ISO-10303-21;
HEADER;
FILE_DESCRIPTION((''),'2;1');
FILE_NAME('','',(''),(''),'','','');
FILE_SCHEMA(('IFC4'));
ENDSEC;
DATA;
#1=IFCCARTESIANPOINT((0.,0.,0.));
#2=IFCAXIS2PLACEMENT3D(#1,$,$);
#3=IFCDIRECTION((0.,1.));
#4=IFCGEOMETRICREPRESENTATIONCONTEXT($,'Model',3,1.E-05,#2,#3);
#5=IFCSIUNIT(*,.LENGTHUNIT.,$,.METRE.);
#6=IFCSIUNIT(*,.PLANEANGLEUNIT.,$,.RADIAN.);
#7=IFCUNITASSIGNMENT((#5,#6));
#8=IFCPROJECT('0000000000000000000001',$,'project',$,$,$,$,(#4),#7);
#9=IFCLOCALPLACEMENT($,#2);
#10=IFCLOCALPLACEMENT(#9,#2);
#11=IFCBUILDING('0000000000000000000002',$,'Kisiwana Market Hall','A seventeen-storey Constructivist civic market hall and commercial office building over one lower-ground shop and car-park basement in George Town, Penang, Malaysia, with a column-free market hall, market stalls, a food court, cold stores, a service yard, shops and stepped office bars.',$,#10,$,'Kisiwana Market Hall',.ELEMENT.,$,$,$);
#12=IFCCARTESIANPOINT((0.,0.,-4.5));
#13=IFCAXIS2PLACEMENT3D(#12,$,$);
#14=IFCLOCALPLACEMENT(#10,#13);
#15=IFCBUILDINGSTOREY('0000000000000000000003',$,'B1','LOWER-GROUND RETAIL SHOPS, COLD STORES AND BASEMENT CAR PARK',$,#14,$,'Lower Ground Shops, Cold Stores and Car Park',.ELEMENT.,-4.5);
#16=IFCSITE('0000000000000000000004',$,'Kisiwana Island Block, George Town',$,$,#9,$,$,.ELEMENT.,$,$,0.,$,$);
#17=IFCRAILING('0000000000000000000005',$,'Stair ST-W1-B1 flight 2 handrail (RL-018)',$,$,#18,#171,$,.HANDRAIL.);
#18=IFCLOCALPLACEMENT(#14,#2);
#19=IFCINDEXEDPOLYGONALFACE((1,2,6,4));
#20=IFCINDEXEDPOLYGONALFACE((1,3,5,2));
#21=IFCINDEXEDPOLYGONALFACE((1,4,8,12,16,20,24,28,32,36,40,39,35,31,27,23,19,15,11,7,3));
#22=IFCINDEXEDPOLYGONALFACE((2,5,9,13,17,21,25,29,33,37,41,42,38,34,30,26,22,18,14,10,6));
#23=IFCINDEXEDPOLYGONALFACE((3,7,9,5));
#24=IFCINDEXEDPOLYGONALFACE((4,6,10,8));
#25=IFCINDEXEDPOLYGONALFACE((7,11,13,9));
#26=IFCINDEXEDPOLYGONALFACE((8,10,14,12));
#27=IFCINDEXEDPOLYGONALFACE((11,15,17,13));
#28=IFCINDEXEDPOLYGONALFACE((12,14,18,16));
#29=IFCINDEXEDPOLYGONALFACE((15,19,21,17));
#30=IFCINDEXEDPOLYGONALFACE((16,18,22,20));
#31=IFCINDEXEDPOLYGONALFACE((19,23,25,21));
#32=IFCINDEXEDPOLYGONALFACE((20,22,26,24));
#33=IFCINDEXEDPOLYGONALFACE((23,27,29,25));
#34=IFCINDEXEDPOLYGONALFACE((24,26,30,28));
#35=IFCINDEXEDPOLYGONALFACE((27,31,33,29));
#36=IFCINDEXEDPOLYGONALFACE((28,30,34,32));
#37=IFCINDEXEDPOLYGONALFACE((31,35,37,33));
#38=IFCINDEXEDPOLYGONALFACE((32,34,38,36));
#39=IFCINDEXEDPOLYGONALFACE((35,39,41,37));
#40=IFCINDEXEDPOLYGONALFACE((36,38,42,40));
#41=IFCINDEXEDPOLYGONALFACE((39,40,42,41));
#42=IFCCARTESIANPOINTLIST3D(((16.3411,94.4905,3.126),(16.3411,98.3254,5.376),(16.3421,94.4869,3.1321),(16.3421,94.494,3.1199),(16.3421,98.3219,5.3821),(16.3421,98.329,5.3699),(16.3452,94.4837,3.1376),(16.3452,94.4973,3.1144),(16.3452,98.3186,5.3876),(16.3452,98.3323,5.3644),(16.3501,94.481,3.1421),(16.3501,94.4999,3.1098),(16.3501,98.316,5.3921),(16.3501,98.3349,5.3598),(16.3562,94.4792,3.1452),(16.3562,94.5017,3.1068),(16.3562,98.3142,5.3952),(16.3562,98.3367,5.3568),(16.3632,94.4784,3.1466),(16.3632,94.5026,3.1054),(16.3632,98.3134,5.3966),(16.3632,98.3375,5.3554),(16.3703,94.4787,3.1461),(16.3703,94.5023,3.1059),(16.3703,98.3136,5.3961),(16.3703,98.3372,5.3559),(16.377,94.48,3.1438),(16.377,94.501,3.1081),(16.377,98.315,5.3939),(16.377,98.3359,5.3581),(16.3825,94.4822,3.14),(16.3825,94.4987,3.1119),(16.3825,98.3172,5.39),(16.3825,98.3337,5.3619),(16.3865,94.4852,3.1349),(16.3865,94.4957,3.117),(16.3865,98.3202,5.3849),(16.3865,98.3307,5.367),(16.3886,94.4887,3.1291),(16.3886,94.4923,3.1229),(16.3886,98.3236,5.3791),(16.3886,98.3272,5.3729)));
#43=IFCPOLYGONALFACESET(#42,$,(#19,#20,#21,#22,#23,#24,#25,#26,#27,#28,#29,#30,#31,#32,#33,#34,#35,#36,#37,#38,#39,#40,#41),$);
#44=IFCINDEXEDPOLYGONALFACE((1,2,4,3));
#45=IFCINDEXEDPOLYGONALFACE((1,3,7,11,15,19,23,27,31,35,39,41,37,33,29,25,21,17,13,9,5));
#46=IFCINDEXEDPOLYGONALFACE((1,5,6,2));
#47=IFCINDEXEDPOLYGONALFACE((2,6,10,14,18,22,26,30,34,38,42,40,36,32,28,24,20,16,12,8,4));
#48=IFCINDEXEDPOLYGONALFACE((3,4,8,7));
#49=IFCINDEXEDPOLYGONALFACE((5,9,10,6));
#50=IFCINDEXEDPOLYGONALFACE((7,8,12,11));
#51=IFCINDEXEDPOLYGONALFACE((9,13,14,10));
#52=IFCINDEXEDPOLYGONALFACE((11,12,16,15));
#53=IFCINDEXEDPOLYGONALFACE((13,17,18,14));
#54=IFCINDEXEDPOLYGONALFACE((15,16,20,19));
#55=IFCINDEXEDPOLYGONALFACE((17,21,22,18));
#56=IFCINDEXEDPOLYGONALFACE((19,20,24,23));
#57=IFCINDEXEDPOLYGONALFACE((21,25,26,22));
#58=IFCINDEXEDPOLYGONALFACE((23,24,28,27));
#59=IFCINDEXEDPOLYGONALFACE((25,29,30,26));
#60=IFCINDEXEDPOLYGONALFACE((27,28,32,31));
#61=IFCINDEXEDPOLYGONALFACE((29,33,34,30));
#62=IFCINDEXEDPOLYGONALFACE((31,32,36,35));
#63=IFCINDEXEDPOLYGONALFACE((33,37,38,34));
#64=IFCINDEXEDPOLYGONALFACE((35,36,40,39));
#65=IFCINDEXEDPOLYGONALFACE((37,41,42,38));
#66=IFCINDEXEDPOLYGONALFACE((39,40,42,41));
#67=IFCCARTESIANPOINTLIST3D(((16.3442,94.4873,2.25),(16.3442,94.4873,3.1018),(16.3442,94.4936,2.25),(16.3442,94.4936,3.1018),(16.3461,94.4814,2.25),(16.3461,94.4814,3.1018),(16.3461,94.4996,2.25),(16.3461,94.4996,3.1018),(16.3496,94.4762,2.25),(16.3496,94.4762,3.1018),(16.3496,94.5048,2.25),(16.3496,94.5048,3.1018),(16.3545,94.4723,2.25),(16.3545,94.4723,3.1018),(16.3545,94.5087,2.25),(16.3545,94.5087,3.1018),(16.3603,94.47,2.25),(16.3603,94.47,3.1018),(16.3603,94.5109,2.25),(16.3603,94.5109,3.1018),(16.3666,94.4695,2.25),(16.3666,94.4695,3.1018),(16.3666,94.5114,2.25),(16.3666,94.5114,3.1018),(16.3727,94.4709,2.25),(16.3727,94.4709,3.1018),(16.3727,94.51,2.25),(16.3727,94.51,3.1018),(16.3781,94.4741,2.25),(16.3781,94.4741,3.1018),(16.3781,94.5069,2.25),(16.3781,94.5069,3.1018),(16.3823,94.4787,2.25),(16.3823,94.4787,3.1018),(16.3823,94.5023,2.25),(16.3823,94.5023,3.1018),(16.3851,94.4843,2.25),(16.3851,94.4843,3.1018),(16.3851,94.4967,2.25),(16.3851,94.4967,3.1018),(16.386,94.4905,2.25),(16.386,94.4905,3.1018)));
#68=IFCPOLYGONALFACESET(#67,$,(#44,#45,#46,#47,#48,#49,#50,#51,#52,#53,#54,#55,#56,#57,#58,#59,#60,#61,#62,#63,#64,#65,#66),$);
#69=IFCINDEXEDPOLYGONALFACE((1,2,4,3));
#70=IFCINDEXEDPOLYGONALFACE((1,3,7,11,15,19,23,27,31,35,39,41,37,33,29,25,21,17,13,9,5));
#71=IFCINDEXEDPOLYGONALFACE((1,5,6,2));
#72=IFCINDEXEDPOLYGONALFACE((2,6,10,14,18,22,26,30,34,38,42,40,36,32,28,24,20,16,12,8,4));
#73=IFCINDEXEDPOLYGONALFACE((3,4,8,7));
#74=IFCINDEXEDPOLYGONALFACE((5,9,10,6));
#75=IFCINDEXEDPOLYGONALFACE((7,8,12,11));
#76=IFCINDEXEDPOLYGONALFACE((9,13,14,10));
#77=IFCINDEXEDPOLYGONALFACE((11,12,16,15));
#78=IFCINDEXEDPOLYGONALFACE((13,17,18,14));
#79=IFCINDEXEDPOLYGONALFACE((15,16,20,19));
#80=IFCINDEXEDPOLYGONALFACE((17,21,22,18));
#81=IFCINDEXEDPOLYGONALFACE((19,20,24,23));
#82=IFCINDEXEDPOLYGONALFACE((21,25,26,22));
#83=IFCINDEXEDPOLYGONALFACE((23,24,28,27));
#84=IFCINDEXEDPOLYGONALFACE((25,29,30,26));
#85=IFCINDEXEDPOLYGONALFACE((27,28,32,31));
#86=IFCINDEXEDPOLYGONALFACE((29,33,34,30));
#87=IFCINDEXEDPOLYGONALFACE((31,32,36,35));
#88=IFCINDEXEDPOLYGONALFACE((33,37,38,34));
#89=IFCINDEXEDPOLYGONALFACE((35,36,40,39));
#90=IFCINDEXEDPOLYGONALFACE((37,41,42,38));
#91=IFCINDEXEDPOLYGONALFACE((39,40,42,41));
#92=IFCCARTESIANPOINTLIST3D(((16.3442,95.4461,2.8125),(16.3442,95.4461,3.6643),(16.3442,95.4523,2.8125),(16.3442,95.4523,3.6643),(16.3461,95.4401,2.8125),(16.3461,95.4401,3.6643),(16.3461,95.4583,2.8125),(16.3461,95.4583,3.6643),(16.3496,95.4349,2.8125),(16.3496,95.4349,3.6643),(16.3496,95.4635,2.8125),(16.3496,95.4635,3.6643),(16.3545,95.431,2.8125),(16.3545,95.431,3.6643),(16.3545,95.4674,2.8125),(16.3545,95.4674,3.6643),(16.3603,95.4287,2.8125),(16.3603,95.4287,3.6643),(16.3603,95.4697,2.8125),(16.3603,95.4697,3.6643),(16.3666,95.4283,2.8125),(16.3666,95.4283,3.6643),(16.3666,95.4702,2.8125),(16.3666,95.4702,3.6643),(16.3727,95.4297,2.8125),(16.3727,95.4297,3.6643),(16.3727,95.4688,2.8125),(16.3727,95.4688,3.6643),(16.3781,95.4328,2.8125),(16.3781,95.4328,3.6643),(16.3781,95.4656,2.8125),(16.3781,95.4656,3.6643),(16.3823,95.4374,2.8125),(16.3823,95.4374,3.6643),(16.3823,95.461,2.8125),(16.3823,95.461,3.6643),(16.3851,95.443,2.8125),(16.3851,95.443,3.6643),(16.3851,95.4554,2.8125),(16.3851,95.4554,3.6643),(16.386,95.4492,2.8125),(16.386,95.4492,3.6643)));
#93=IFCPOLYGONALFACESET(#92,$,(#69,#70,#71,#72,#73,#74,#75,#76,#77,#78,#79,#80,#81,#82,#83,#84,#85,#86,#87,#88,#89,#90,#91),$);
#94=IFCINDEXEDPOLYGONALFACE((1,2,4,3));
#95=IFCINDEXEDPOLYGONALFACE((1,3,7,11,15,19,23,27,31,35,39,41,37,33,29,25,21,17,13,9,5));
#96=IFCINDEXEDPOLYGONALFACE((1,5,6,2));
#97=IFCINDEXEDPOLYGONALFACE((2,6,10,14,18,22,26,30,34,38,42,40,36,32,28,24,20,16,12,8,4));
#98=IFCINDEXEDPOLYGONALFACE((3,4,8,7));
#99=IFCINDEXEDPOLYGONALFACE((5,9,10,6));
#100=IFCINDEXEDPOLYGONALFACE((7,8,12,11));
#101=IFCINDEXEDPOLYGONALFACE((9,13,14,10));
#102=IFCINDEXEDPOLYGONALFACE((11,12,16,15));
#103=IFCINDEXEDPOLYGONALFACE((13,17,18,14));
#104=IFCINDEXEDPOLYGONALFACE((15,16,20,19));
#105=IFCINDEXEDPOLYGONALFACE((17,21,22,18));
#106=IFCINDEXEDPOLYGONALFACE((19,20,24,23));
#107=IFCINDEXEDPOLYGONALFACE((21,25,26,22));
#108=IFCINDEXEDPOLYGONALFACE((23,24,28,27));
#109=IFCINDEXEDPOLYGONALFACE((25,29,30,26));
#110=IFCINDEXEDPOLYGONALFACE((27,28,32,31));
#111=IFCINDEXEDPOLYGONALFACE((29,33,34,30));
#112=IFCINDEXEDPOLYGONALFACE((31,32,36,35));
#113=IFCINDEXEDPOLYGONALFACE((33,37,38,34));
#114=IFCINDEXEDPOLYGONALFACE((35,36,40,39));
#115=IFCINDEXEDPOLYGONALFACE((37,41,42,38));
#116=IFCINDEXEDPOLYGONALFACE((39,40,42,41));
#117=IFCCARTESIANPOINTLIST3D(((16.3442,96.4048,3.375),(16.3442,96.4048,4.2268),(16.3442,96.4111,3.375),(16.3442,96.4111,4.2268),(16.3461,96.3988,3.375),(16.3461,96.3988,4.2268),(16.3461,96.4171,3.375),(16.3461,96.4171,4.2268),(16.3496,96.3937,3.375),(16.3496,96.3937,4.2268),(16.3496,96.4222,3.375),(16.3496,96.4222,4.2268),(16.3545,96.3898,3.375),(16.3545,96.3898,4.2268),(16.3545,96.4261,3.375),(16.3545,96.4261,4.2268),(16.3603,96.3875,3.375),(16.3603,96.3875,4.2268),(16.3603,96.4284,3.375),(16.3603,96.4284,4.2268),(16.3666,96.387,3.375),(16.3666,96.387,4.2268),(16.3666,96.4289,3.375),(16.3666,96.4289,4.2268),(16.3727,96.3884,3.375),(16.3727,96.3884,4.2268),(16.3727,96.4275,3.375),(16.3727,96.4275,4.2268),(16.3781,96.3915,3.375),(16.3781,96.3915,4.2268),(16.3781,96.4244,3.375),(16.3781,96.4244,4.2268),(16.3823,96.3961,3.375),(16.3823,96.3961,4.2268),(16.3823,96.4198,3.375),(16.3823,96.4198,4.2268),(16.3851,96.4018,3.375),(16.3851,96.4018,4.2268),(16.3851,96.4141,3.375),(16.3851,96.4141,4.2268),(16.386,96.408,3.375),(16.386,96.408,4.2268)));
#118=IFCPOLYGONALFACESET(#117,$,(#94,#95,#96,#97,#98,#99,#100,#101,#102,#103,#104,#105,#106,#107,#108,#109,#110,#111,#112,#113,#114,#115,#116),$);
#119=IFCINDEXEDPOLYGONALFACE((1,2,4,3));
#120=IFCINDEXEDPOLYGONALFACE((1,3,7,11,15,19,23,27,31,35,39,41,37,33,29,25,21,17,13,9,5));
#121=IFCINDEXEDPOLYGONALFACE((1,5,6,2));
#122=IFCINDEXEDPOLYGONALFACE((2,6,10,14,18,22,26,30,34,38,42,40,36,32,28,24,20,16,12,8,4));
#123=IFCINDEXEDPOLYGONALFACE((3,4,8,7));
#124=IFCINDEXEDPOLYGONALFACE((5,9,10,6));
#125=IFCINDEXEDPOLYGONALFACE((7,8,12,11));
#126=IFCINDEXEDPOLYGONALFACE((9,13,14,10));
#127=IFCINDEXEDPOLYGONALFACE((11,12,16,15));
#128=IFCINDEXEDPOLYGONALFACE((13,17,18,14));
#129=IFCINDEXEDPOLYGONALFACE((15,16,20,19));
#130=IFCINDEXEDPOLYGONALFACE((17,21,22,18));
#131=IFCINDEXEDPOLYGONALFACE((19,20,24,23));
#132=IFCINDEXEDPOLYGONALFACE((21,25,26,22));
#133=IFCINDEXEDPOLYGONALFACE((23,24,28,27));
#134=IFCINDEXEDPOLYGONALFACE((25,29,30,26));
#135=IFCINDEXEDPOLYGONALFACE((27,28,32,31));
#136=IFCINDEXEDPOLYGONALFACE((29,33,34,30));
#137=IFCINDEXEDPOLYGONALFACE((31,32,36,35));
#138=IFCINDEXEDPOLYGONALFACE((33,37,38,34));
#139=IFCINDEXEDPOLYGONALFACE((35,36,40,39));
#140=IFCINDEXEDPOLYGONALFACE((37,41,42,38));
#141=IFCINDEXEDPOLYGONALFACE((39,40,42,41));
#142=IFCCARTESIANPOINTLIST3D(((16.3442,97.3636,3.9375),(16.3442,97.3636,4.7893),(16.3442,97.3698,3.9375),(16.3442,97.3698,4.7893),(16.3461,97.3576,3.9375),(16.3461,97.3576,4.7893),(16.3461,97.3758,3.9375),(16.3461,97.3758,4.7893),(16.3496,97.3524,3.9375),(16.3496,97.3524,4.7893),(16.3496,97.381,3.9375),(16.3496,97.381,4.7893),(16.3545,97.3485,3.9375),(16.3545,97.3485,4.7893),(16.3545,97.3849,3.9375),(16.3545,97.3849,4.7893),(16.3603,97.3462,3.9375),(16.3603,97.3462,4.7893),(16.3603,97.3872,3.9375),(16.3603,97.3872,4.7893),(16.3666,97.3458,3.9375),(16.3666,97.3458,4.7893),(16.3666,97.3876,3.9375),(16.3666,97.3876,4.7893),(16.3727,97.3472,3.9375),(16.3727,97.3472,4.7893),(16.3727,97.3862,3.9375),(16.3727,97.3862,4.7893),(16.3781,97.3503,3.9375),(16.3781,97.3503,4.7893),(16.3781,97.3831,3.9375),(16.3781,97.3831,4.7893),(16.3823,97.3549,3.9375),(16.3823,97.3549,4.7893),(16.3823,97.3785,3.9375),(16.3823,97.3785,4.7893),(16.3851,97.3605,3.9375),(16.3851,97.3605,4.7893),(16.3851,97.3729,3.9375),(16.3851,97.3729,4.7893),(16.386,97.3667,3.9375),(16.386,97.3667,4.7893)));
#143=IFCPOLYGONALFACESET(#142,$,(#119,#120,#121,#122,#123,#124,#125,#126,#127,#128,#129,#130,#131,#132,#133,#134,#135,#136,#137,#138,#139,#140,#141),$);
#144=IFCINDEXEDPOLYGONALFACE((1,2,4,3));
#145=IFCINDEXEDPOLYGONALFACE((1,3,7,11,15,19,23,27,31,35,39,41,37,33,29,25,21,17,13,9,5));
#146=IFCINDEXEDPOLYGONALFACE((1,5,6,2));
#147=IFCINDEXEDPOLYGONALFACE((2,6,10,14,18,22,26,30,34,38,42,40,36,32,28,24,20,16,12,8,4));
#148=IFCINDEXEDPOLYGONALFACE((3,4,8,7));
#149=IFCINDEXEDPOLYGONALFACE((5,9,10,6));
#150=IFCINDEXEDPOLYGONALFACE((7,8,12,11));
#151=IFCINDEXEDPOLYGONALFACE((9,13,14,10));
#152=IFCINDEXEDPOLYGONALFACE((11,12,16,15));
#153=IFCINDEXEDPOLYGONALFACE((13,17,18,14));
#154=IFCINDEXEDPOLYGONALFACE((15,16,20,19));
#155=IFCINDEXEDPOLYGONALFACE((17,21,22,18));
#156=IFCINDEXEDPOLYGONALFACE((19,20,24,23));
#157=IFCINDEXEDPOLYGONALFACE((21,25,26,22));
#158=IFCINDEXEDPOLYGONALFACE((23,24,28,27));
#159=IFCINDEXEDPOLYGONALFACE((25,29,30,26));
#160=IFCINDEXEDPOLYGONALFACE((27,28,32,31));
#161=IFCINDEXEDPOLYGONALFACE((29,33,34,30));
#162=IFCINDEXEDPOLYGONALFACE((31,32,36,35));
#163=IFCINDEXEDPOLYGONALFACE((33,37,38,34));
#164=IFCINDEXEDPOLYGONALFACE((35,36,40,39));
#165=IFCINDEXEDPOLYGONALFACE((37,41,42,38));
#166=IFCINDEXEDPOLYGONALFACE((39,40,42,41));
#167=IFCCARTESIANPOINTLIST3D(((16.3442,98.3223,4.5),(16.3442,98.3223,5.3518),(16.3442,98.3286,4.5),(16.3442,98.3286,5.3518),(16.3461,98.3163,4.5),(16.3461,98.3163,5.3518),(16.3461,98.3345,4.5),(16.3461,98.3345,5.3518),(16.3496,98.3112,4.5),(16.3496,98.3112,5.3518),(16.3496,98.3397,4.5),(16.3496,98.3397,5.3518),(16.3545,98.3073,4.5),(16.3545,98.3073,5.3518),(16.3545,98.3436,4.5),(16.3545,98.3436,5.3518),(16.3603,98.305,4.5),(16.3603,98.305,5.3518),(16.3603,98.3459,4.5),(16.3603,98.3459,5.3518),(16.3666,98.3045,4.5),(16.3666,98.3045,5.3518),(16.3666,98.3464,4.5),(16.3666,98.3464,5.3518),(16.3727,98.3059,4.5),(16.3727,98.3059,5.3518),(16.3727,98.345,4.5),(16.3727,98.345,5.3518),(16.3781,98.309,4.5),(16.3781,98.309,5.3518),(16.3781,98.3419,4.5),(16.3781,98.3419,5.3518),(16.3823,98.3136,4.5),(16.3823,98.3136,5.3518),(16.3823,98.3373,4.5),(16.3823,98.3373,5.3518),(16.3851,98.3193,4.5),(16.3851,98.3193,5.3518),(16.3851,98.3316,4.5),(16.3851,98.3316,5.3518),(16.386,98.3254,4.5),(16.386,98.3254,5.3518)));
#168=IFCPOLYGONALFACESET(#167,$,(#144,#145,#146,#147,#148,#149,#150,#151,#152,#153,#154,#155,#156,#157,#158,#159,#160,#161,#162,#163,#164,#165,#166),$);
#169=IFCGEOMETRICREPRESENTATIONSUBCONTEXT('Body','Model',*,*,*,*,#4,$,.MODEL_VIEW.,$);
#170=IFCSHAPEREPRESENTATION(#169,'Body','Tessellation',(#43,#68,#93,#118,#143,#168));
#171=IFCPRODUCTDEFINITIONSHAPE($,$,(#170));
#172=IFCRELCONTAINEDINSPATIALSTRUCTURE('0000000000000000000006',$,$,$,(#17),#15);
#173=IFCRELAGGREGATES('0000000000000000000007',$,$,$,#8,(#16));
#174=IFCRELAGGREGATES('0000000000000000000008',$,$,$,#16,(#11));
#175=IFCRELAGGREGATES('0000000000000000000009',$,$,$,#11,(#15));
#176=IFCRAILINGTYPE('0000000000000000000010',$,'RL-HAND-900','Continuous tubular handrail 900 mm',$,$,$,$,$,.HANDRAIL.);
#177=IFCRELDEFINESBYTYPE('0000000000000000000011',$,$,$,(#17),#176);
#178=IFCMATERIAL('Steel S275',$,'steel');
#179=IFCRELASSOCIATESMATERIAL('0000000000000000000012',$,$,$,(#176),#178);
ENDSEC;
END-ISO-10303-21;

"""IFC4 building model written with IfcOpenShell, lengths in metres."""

from ifc_helpers import new_model, si_unit, direction, frame, origin, origin_2d, place, context, subcontext, project, spatial, circle, extrude, material, type_object, element, save


model = new_model("IFC4")

# Units and contexts
model_context = context("Model", 3, precision=1e-05, world=origin(), true_north=direction((0.0, 1.0)))
body_context = subcontext(model_context, "Body", "Model", "MODEL_VIEW")
ifc_project = project(units=[si_unit("LENGTHUNIT", "METRE"), si_unit("PLANEANGLEUNIT", "RADIAN")], contexts=[model_context])

# Site, building, storey
site_placement = place(None, origin())
site = spatial("IfcSite", under=ifc_project, at=site_placement, Name="Kisiwana Island Block, George Town", CompositionType="ELEMENT", RefElevation=0.0)
building_placement = place(site_placement, origin())
building = spatial("IfcBuilding", under=site, at=building_placement, Name="Kisiwana Market Hall", Description="A seventeen-storey Constructivist civic market hall and commercial office building over one lower-ground shop and car-park basement in George Town, Penang, Malaysia, with a column-free market hall, market stalls, a food court, cold stores, a service yard, shops and stepped office bars.", LongName="Kisiwana Market Hall", CompositionType="ELEMENT")
storey_placement = place(building_placement, frame((0.0, 0.0, -4.5)))
storey = spatial("IfcBuildingStorey", under=building, at=storey_placement, Name="B1", Description="LOWER-GROUND RETAIL SHOPS, COLD STORES AND BASEMENT CAR PARK", LongName="Lower Ground Shops, Cold Stores and Car Park", CompositionType="ELEMENT", Elevation=-4.5)

# Railing
ifc_material_1 = material(Name="Steel S275", Category="steel")
railing_type_1 = type_object("IfcRailingType", Name="RL-HAND-900", Description="Continuous tubular handrail 900 mm", PredefinedType="HANDRAIL", material=ifc_material_1)
railing_1_placement = place(storey_placement, frame((16.365, 94.4905, 2.25)))
element("IfcRailing", 1, at=railing_1_placement, inside=storey, type_object=railing_type_1, Name="Stair ST-W1-B1 flight 2 handrail (RL-018)", PredefinedType="HANDRAIL", context=body_context, shape_type="SweptSolid", body=[
    extrude(circle(Radius=0.0239, at=origin_2d()), frame((0.0, 0.0, 0.876), z_axis=(0.0, 0.86251, 0.506041), x_axis=(-1.0, 0.0, 0.0)), (0.0, 0.0, 1.0), 4.4463),
    extrude(circle(Radius=0.021, at=origin_2d()), origin(), (0.0, 0.0, 1.0), 0.8518),
    extrude(circle(Radius=0.021, at=origin_2d()), frame((0.0, 0.9587, 0.5625)), (0.0, 0.0, 1.0), 0.8518),
    extrude(circle(Radius=0.021, at=origin_2d()), frame((0.0, 1.9175, 1.125)), (0.0, 0.0, 1.0), 0.8518),
    extrude(circle(Radius=0.021, at=origin_2d()), frame((0.0, 2.8762, 1.6875)), (0.0, 0.0, 1.0), 0.8518),
    extrude(circle(Radius=0.021, at=origin_2d()), frame((0.0, 3.835, 2.25)), (0.0, 0.0, 1.0), 0.8518),
])

save(model, "model.ifc")
